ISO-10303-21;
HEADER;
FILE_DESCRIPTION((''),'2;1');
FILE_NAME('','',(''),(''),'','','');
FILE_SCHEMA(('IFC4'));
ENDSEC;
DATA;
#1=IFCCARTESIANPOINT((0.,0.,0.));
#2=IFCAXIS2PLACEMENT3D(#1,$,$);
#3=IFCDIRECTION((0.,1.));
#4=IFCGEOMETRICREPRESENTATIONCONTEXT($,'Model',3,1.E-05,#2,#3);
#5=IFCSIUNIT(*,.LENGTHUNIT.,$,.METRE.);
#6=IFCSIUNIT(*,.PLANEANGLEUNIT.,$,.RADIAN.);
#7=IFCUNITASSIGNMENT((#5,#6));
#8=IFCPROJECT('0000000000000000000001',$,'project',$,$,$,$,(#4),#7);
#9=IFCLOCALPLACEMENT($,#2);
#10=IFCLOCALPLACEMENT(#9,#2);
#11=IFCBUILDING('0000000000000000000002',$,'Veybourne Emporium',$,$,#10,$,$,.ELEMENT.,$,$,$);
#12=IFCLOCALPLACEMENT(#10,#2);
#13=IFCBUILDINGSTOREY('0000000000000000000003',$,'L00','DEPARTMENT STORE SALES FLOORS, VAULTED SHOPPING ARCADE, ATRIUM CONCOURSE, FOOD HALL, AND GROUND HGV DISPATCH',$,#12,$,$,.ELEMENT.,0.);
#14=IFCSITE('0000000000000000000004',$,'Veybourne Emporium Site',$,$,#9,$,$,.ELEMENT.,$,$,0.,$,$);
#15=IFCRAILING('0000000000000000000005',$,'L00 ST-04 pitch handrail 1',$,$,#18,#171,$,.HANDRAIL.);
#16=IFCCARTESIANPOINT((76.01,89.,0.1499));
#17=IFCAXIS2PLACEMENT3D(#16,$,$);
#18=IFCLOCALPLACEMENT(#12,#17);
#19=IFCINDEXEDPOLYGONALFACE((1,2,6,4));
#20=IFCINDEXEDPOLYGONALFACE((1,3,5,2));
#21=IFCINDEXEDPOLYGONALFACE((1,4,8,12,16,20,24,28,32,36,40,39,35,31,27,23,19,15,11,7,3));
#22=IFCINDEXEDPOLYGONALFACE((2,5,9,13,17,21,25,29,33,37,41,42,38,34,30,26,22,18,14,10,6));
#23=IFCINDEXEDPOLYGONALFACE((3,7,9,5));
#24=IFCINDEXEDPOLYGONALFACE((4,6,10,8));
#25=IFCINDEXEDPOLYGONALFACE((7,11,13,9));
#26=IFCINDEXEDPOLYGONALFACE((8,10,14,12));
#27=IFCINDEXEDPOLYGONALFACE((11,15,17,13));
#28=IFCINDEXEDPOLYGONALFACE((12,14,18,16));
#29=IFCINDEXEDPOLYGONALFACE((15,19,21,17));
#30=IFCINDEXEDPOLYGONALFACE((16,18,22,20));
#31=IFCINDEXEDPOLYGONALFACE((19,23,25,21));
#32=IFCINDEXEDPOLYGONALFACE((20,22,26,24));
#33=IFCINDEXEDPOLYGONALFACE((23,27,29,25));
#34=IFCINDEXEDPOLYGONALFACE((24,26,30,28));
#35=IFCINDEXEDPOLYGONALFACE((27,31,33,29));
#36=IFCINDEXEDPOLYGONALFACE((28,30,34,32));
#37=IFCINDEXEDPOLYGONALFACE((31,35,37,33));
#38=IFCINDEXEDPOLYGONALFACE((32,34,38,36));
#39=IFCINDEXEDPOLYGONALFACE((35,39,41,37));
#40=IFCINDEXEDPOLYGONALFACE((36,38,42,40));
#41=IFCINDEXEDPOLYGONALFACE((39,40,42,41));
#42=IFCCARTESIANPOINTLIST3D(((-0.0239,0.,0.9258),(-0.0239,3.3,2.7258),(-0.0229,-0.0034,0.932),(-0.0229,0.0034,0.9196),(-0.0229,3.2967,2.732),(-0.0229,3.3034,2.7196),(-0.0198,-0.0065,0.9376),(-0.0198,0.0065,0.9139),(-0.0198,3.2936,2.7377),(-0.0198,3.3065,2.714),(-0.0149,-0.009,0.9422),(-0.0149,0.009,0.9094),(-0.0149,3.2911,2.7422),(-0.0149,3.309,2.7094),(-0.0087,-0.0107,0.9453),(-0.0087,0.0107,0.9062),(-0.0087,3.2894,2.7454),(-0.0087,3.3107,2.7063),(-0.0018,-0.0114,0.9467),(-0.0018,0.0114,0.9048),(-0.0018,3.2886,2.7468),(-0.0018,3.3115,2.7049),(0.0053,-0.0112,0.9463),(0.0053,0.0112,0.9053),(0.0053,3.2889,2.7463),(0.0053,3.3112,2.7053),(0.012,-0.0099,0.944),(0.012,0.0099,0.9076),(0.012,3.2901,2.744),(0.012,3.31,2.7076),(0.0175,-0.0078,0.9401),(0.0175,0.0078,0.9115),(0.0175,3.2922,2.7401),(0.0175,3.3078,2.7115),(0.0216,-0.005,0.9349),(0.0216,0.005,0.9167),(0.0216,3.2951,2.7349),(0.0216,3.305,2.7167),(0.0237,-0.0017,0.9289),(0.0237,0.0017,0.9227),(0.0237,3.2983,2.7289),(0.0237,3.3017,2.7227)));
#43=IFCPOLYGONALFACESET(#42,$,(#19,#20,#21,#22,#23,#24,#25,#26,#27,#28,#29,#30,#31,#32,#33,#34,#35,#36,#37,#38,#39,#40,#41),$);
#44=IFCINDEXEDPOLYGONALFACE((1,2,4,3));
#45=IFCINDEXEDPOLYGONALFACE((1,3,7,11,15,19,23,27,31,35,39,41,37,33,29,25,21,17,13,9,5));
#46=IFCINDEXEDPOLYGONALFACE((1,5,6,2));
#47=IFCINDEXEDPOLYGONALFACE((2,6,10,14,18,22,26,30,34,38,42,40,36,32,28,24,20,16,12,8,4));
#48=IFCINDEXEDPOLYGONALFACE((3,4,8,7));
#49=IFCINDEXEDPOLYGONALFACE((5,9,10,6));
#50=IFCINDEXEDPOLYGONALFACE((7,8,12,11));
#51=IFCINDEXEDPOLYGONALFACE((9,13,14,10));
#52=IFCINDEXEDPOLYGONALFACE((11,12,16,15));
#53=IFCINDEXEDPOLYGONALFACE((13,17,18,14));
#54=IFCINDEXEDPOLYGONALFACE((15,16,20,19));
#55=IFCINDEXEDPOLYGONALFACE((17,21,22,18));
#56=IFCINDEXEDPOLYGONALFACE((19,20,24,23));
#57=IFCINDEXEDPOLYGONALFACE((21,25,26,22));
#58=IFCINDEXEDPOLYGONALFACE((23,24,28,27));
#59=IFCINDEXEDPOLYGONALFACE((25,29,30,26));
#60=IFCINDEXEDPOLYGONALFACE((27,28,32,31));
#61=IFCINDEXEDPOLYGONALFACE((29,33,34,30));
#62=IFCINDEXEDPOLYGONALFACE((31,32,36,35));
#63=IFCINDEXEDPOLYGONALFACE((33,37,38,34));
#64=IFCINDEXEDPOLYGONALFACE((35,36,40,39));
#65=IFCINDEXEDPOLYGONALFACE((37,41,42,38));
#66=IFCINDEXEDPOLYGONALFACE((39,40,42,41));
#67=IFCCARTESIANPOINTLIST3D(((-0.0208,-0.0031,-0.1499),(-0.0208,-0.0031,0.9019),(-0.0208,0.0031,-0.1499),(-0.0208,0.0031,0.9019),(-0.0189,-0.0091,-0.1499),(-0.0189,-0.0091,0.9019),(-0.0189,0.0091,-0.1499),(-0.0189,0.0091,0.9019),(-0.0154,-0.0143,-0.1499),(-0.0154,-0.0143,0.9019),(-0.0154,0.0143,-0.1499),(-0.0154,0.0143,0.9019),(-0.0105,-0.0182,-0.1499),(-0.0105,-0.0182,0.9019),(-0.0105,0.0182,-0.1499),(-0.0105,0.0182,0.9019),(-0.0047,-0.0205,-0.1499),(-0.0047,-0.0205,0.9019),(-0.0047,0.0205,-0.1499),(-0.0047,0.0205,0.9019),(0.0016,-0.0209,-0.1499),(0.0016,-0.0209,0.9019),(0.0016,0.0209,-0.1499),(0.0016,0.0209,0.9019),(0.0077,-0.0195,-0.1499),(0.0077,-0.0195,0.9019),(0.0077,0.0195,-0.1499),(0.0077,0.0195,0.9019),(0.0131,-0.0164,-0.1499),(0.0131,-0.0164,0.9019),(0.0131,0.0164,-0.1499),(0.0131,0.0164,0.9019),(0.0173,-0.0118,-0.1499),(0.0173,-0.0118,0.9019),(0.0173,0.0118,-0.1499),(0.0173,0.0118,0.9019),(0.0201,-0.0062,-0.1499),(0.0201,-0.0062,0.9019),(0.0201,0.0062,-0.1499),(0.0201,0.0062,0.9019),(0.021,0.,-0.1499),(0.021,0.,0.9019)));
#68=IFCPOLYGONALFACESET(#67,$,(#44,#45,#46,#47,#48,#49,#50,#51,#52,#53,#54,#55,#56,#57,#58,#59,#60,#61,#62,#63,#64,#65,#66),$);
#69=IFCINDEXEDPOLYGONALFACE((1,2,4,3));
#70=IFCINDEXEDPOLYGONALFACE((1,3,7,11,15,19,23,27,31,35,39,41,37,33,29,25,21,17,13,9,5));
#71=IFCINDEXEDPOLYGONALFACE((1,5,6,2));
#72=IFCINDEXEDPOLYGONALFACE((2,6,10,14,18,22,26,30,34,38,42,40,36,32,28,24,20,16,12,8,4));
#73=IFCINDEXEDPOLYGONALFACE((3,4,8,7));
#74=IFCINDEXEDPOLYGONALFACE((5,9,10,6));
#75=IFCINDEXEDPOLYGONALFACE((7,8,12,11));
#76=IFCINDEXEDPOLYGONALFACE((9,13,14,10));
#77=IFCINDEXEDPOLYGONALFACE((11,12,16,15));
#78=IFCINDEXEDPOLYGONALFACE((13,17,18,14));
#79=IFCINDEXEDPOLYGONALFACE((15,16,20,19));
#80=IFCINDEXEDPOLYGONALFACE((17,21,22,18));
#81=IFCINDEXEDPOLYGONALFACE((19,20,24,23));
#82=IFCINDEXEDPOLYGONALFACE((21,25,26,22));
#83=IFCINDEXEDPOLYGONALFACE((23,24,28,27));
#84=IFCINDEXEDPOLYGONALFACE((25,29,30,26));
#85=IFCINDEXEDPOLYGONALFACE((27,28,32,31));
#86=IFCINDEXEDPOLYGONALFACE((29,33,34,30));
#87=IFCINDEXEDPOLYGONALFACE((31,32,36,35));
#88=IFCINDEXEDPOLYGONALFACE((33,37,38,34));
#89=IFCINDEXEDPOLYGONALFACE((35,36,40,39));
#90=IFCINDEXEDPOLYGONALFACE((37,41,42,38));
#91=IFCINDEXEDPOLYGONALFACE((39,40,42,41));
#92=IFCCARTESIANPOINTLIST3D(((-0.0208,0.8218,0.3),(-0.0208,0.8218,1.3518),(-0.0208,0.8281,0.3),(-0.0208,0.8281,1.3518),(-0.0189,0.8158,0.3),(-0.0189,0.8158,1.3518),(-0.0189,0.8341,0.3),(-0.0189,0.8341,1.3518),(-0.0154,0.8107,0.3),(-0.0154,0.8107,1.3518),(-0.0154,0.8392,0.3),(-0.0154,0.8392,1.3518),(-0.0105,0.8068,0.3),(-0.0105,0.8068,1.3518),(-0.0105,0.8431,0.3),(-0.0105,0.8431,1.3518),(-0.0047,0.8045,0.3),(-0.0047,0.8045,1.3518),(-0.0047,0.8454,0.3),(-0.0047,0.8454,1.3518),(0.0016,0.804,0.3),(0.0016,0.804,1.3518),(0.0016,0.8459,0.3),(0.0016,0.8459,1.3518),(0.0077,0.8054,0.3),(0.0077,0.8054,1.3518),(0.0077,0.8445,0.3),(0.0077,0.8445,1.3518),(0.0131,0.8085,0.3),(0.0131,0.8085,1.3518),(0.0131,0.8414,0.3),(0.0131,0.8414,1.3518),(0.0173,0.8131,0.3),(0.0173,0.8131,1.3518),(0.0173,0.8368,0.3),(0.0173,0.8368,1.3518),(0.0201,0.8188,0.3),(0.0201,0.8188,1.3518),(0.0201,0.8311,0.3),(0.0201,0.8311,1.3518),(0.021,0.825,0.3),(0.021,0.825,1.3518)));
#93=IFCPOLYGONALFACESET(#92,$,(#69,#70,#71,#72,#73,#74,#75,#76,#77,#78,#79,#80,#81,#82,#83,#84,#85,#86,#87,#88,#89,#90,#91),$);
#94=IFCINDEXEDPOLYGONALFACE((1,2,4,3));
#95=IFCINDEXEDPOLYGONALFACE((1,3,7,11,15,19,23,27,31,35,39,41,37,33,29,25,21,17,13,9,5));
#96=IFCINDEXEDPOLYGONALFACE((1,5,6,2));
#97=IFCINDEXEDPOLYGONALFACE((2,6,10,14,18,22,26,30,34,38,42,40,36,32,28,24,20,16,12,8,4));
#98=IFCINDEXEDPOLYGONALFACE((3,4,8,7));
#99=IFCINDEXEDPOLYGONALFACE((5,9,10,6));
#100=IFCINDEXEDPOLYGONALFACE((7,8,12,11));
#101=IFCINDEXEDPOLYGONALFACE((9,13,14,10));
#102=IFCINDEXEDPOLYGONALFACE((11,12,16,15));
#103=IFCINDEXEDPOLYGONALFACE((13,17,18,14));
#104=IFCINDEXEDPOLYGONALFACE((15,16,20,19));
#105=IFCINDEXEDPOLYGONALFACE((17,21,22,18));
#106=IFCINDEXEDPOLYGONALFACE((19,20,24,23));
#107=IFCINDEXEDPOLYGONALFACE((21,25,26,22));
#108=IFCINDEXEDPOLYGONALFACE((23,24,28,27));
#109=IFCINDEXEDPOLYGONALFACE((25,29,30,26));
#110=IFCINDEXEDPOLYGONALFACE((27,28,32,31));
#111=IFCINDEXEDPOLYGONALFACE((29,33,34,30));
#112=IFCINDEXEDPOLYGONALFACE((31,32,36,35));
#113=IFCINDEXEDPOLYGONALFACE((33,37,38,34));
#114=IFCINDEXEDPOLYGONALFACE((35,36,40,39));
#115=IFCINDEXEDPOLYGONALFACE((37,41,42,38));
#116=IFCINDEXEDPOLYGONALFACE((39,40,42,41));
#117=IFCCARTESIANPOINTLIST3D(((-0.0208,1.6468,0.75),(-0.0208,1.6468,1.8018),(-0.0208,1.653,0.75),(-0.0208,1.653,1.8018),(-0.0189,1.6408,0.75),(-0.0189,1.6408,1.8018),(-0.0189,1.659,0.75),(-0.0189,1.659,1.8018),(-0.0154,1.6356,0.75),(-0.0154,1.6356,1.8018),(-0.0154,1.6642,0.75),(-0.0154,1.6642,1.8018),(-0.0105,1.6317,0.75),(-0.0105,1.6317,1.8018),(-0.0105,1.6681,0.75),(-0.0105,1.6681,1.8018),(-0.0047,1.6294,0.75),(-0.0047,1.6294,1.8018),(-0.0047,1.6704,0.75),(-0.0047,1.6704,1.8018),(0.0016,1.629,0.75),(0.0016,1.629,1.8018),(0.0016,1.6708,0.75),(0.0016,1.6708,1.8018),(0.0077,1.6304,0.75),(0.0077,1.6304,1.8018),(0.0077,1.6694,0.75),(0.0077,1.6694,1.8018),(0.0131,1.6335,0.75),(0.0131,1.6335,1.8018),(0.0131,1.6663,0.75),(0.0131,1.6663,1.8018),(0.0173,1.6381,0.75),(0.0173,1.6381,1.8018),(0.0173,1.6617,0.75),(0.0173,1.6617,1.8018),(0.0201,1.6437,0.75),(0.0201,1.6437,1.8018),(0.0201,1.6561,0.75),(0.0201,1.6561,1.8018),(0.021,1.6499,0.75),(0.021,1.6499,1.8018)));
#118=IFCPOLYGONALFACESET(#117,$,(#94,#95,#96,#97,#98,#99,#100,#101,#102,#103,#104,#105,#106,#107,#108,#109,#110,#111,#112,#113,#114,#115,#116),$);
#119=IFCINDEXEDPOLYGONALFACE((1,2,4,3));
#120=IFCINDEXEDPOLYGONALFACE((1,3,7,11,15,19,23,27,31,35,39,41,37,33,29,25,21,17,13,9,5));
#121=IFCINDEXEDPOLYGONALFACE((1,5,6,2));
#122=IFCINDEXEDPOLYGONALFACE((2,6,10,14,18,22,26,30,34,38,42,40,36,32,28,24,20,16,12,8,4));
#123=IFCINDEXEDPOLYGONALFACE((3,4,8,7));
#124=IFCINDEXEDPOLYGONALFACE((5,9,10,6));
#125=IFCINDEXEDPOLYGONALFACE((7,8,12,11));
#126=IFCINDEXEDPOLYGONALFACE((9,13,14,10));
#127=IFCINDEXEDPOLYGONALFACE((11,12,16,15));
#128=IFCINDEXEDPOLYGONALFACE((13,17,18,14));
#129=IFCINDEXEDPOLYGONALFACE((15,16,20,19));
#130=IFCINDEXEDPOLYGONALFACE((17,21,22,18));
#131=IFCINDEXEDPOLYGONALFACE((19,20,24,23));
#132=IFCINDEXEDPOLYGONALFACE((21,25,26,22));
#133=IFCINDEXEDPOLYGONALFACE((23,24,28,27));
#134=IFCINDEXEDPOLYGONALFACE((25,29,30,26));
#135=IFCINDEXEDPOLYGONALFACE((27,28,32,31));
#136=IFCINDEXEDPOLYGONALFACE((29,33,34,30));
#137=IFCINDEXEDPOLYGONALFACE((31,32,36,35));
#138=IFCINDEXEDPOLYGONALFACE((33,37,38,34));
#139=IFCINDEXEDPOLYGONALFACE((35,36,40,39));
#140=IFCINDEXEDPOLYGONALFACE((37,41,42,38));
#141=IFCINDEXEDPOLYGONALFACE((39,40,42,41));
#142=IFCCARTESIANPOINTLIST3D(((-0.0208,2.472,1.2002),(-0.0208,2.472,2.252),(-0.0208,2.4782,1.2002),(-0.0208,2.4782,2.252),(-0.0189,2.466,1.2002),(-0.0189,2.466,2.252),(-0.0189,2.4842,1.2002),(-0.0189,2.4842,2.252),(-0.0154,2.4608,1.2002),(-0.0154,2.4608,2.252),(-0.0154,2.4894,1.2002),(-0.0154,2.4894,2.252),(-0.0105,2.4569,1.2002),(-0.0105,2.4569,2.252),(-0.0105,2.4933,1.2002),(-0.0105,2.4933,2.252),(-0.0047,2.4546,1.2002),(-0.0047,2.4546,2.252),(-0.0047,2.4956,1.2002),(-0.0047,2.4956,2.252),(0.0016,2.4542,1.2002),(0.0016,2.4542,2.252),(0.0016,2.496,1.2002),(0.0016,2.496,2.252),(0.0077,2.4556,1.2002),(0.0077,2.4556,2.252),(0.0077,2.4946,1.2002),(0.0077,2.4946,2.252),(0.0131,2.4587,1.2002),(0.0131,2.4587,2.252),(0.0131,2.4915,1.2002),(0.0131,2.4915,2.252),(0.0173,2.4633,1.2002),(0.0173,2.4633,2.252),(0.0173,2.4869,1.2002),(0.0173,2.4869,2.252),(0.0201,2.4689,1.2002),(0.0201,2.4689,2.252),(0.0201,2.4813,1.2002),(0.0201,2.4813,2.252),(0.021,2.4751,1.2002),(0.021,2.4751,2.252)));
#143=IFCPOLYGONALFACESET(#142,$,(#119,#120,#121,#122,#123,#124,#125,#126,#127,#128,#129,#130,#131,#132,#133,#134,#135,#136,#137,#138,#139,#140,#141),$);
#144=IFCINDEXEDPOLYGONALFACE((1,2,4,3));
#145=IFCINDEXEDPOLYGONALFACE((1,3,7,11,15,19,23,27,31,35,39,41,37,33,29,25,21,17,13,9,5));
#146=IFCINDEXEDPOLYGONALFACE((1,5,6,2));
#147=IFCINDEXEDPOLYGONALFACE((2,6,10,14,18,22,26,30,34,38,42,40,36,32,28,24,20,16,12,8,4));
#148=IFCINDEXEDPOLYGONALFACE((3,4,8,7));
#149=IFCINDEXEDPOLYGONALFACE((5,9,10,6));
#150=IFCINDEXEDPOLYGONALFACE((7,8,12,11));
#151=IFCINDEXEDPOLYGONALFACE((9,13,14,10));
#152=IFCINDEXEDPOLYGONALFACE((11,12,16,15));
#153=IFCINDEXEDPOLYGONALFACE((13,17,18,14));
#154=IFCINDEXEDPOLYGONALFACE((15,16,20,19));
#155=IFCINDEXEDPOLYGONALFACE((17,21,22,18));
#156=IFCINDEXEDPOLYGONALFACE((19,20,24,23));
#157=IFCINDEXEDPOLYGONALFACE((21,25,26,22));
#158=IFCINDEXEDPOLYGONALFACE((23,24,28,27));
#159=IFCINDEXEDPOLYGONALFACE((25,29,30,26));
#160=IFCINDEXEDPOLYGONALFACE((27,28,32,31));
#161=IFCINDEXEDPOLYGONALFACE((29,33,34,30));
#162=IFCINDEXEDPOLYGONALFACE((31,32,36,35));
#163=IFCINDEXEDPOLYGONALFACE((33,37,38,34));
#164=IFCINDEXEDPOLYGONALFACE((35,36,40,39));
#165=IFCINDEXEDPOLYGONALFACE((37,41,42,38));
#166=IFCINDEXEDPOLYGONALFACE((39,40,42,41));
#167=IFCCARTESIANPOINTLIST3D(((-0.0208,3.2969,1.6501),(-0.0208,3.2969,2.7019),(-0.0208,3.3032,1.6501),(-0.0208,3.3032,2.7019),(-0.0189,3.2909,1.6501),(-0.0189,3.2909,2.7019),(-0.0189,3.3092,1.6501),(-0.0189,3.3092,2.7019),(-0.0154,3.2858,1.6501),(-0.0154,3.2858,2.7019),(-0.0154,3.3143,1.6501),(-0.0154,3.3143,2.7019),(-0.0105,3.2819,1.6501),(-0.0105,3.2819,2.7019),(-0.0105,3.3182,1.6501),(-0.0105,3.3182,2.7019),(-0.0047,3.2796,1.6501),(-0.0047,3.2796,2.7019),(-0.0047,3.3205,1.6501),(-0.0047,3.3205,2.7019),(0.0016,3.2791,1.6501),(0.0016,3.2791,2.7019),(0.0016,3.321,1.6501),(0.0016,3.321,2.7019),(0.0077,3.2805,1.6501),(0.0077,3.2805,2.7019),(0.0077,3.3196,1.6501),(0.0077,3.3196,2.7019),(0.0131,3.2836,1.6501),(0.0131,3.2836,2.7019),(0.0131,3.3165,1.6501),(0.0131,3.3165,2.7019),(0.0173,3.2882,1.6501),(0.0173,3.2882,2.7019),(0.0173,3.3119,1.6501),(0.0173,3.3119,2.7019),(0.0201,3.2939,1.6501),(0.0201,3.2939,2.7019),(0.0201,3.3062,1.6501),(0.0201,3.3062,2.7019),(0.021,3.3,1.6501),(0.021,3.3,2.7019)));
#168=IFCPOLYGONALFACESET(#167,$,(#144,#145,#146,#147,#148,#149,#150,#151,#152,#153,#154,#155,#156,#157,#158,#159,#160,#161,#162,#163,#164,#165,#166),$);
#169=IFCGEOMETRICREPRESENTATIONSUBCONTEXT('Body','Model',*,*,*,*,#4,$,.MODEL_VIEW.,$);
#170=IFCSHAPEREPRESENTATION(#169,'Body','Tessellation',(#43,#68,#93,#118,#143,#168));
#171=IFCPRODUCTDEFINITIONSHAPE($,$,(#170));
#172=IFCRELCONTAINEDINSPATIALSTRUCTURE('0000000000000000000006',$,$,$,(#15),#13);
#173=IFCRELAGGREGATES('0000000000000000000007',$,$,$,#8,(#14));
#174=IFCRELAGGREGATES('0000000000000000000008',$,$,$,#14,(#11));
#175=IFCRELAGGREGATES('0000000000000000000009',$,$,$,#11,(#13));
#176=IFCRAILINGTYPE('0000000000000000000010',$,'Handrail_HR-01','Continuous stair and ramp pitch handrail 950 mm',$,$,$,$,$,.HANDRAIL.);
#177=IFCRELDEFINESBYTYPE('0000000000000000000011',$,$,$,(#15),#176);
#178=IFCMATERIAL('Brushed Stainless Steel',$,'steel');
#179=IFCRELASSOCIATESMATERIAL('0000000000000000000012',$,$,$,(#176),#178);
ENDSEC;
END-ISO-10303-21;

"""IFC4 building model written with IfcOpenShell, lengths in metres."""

from ifc_helpers import new_model, si_unit, direction, frame, origin, origin_2d, place, context, subcontext, project, spatial, circle, extrude, material, type_object, element, save


model = new_model("IFC4")

# Units and contexts
model_context = context("Model", 3, precision=1e-05, world=origin(), true_north=direction((0.0, 1.0)))
body_context = subcontext(model_context, "Body", "Model", "MODEL_VIEW")
ifc_project = project(units=[si_unit("LENGTHUNIT", "METRE"), si_unit("PLANEANGLEUNIT", "RADIAN")], contexts=[model_context])

# Site, building, storey
site_placement = place(None, origin())
site = spatial("IfcSite", under=ifc_project, at=site_placement, Name="Veybourne Emporium Site", CompositionType="ELEMENT", RefElevation=0.0)
building_placement = place(site_placement, origin())
building = spatial("IfcBuilding", under=site, at=building_placement, Name="Veybourne Emporium", CompositionType="ELEMENT")
storey_placement = place(building_placement, origin())
storey = spatial("IfcBuildingStorey", under=building, at=storey_placement, Name="L00", Description="DEPARTMENT STORE SALES FLOORS, VAULTED SHOPPING ARCADE, ATRIUM CONCOURSE, FOOD HALL, AND GROUND HGV DISPATCH", CompositionType="ELEMENT", Elevation=0.0)

# Railing
ifc_material_1 = material(Name="Brushed Stainless Steel", Category="steel")
railing_type_1 = type_object("IfcRailingType", Name="Handrail_HR-01", Description="Continuous stair and ramp pitch handrail 950 mm", PredefinedType="HANDRAIL", material=ifc_material_1)
railing_1_placement = place(storey_placement, frame((76.01, 89.0, 0.1499)))
element("IfcRailing", 1, at=railing_1_placement, inside=storey, type_object=railing_type_1, Name="L00 ST-04 pitch handrail 1", PredefinedType="HANDRAIL", context=body_context, shape_type="SweptSolid", body=[
    extrude(circle(Radius=0.0239, at=origin_2d()), frame((0.0, 0.0, 0.9258), z_axis=(0.0, 0.877893, 0.478857), x_axis=(-1.0, 0.0, 0.0)), (0.0, 0.0, 1.0), 3.759),
    extrude(circle(Radius=0.021, at=origin_2d()), frame((0.0, 0.0, -0.1499)), (0.0, 0.0, 1.0), 1.0518),
    extrude(circle(Radius=0.021, at=origin_2d()), frame((0.0, 0.825, 0.3)), (0.0, 0.0, 1.0), 1.0518),
    extrude(circle(Radius=0.021, at=origin_2d()), frame((0.0, 1.6499, 0.75)), (0.0, 0.0, 1.0), 1.0518),
    extrude(circle(Radius=0.021, at=origin_2d()), frame((0.0, 2.4751, 1.2002)), (0.0, 0.0, 1.0), 1.0518),
    extrude(circle(Radius=0.021, at=origin_2d()), frame((0.0, 3.3, 1.6501)), (0.0, 0.0, 1.0), 1.0518),
])

save(model, "model.ifc")
